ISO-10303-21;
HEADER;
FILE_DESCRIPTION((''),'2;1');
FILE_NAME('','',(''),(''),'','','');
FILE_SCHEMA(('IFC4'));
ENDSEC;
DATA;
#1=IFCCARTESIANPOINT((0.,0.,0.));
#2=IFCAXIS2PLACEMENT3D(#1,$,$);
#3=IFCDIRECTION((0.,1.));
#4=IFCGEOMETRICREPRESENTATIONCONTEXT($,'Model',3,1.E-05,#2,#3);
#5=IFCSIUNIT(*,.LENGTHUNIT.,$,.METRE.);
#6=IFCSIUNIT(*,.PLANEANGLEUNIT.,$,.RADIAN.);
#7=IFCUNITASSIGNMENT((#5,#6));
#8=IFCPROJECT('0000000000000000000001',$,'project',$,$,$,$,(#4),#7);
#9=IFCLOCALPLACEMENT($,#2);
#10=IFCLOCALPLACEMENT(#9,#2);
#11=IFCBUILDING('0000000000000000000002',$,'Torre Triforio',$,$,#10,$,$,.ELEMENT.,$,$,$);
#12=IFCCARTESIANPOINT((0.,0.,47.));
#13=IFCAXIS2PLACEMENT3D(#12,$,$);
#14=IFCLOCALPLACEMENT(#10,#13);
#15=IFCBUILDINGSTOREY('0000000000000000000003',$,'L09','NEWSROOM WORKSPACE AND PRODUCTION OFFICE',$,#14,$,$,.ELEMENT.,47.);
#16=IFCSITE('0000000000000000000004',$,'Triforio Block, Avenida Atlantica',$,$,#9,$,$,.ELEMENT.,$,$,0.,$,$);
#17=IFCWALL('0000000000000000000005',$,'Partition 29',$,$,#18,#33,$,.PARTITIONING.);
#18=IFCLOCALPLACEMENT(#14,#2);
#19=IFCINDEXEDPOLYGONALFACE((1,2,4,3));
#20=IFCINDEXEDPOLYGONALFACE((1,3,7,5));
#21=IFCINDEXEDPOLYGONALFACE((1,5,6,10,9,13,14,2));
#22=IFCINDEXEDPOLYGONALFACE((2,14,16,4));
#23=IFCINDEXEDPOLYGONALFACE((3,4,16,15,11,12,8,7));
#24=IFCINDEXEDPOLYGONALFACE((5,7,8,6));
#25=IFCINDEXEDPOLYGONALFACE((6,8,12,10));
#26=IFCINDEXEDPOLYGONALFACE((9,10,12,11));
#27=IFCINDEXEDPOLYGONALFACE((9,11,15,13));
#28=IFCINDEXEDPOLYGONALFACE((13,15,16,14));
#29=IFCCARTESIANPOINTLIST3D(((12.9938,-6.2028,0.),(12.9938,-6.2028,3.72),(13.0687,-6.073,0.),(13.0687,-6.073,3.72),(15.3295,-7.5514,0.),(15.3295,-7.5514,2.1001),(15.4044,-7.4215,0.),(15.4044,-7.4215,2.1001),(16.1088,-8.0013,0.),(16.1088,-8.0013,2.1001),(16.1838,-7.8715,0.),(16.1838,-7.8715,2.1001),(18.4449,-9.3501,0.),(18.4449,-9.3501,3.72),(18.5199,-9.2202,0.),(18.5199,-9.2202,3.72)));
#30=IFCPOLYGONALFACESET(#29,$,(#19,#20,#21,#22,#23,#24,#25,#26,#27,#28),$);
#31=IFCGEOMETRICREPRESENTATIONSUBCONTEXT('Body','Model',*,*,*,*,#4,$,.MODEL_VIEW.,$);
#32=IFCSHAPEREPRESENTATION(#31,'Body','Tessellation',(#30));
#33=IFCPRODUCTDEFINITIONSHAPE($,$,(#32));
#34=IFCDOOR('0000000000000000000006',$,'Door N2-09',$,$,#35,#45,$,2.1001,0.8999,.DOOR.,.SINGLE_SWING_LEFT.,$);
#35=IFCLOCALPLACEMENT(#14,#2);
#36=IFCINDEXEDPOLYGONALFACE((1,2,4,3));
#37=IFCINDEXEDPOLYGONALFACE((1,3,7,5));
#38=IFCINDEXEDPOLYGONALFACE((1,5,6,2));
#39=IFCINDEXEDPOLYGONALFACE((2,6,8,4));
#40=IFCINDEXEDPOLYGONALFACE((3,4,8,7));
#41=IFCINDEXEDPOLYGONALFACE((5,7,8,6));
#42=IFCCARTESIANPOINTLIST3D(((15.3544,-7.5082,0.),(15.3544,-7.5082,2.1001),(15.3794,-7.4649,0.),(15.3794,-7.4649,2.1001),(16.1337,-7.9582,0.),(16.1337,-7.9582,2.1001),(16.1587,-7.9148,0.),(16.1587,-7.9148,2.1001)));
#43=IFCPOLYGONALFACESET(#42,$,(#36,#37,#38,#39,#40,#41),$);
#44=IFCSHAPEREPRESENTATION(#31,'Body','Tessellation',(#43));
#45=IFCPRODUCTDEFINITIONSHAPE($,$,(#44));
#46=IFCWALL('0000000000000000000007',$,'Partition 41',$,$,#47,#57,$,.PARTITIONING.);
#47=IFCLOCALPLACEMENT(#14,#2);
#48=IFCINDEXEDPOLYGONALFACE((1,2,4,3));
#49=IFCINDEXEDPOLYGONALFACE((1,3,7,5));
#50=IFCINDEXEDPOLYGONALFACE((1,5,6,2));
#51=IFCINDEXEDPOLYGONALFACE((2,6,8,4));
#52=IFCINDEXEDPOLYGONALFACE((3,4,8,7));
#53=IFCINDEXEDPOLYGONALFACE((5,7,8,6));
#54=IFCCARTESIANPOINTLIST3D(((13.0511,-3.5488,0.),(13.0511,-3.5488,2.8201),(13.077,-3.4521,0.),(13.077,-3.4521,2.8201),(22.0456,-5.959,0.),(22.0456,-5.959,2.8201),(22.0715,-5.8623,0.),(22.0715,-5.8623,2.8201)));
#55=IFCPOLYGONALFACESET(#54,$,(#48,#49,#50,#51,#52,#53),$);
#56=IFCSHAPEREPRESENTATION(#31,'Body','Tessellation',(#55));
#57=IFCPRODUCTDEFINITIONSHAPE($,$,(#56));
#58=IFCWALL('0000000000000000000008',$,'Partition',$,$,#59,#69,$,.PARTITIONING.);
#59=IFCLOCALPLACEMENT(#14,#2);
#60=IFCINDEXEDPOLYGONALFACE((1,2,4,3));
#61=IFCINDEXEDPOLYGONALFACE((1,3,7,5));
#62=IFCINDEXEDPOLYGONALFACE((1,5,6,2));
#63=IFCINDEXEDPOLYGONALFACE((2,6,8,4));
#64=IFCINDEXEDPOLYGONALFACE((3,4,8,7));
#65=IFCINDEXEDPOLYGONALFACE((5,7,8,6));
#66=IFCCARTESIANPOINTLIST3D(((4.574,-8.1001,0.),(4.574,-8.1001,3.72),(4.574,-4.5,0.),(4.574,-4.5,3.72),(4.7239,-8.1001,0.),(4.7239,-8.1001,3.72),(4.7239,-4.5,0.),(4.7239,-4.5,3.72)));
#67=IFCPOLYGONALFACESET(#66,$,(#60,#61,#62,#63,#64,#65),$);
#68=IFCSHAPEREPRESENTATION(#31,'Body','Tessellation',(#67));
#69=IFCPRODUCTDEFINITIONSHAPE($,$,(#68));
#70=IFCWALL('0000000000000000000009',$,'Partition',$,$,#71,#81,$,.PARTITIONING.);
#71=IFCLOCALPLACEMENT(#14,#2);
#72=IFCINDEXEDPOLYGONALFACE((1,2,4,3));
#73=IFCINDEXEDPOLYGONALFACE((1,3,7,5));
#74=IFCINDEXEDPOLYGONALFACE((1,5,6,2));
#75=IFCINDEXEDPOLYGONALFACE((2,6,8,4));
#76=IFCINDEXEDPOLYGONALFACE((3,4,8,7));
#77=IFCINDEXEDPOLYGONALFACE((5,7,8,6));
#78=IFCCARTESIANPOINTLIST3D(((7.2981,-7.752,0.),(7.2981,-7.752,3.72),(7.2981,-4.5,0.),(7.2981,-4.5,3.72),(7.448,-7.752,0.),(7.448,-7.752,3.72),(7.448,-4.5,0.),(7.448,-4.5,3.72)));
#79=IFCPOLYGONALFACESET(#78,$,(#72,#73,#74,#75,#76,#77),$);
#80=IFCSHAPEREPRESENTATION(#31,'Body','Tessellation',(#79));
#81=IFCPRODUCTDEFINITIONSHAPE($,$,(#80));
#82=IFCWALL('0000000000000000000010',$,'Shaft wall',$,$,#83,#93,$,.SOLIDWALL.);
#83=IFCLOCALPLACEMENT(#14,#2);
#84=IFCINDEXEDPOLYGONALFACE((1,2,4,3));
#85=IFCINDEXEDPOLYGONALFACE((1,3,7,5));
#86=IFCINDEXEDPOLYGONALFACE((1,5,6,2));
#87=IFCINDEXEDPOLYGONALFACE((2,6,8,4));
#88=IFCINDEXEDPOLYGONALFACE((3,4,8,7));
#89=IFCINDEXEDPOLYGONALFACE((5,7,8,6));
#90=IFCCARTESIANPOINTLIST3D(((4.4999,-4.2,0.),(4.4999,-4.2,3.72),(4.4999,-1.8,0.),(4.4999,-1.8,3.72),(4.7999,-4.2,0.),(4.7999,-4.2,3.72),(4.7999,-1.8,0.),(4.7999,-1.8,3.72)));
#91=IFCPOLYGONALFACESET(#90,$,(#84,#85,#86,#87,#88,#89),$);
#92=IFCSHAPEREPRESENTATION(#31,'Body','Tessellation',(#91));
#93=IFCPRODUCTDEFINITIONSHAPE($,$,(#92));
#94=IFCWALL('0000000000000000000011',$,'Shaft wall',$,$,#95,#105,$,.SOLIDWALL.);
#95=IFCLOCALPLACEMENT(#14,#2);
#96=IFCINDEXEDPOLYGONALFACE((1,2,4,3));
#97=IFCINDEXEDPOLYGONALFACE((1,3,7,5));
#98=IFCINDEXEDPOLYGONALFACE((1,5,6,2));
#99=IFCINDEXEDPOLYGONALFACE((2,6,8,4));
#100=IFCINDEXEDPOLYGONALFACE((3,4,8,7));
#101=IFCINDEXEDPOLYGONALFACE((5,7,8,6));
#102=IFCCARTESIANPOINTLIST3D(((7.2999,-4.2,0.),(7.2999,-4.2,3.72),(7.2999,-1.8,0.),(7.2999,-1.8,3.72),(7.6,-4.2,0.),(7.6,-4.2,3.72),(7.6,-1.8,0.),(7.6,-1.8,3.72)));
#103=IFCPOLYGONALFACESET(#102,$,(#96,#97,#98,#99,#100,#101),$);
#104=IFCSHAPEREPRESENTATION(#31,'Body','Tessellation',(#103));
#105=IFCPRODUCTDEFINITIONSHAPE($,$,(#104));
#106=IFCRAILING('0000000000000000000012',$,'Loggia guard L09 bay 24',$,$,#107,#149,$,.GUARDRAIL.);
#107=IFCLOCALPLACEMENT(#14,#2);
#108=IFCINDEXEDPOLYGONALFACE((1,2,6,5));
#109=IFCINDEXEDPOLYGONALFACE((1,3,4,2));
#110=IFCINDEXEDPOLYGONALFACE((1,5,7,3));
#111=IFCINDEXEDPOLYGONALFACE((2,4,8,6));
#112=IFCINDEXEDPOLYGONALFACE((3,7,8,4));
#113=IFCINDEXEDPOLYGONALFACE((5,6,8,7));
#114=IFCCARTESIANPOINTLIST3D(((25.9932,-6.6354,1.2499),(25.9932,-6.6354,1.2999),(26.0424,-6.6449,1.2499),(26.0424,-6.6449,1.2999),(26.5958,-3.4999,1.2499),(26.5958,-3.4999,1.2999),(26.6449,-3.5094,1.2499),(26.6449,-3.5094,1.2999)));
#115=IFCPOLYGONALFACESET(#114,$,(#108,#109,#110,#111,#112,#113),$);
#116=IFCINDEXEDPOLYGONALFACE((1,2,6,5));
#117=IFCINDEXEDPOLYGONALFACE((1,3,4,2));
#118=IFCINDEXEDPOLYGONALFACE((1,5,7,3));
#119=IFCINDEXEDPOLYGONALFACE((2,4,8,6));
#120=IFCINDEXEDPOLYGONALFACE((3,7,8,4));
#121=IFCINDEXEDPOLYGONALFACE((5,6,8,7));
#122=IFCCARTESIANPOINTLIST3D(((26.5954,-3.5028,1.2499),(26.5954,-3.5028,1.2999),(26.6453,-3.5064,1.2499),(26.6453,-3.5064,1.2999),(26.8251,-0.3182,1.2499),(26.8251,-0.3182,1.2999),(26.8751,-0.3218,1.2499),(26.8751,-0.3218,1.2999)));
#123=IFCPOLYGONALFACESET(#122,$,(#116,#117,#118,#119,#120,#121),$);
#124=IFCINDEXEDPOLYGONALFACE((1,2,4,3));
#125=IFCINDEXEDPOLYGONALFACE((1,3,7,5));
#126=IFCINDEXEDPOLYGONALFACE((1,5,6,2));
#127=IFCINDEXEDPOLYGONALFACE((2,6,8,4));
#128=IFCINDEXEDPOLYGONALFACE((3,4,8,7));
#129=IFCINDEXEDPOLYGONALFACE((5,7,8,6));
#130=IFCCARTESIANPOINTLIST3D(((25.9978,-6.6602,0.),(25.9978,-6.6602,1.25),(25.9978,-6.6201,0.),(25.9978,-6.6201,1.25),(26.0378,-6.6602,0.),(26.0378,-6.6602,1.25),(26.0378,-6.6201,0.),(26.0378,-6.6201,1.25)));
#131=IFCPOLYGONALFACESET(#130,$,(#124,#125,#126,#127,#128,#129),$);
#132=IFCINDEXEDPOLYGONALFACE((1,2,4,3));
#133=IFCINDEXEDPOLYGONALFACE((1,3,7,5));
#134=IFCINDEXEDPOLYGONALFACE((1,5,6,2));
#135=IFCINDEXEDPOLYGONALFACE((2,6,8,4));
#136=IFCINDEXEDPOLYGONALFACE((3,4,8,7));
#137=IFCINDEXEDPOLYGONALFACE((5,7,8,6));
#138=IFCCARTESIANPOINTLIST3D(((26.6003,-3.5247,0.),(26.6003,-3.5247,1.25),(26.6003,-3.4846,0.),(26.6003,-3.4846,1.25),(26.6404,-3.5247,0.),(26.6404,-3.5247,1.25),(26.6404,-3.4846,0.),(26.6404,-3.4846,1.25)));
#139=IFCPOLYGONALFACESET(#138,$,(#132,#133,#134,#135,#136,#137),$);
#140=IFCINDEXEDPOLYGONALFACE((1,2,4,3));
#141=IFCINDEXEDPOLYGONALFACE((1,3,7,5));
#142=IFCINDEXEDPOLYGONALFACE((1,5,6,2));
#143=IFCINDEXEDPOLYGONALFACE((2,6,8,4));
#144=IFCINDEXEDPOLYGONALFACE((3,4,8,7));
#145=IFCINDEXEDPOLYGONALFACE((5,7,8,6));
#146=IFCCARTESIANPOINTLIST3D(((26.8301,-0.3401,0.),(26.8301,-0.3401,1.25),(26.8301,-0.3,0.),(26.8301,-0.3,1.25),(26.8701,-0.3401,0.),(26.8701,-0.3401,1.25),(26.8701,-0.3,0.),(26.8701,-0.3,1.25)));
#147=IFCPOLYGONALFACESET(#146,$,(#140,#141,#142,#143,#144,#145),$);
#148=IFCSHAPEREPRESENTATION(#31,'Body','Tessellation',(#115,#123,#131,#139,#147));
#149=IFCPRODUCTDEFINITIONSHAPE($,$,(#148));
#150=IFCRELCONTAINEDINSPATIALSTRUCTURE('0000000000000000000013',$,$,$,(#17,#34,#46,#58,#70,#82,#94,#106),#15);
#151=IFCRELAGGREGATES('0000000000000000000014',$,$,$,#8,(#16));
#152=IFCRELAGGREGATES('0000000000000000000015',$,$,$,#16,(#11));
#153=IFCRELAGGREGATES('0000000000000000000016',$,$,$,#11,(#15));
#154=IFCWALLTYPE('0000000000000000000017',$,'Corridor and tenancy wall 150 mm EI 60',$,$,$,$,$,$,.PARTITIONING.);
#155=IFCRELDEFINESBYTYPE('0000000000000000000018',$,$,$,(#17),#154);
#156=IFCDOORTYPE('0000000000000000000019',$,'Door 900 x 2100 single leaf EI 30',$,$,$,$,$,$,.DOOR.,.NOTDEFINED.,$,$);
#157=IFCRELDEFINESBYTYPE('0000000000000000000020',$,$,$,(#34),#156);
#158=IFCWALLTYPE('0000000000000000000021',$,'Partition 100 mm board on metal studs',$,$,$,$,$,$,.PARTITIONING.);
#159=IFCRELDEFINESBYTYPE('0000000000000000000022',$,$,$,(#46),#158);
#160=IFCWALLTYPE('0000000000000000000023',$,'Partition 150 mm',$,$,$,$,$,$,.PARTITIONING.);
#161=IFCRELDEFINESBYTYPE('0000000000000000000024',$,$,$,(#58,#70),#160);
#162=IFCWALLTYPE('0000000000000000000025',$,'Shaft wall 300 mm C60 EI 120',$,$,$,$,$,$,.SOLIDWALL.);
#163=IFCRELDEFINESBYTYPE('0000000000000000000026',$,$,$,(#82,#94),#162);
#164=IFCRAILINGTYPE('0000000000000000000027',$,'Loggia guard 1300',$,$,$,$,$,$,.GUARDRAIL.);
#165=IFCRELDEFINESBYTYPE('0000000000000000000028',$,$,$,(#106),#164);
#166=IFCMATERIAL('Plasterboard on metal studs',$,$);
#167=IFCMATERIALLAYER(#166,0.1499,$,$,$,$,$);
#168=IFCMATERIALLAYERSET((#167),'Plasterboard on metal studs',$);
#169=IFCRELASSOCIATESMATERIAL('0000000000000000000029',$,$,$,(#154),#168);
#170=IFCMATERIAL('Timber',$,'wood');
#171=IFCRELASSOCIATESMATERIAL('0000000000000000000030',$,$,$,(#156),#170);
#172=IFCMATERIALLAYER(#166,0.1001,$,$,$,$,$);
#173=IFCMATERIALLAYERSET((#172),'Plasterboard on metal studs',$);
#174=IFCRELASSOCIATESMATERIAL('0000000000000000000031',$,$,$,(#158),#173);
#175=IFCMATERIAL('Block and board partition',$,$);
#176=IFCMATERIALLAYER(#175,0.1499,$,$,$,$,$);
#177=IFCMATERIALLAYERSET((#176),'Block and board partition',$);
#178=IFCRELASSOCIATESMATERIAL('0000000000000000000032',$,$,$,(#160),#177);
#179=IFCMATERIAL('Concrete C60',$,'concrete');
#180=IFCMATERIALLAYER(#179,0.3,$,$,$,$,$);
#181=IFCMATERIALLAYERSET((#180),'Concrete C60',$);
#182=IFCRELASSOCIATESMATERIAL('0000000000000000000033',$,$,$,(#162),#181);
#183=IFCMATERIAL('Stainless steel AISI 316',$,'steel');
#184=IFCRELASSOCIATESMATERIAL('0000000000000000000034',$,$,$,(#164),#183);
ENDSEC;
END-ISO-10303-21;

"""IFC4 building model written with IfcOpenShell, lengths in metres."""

from ifc_helpers import new_model, si_unit, direction, frame, frame_2d, origin, origin_2d, place, context, subcontext, project, spatial, rectangle, extrude, material, layer, layer_set, type_object, element, fill, save


model = new_model("IFC4")

# Units and contexts
model_context = context("Model", 3, precision=1e-05, world=origin(), true_north=direction((0.0, 1.0)))
body_context = subcontext(model_context, "Body", "Model", "MODEL_VIEW")
ifc_project = project(units=[si_unit("LENGTHUNIT", "METRE"), si_unit("PLANEANGLEUNIT", "RADIAN")], contexts=[model_context])

# Site, building, storey
site_placement = place(None, origin())
site = spatial("IfcSite", under=ifc_project, at=site_placement, Name="Triforio Block, Avenida Atlantica", CompositionType="ELEMENT", RefElevation=0.0)
building_placement = place(site_placement, origin())
building = spatial("IfcBuilding", under=site, at=building_placement, Name="Torre Triforio", CompositionType="ELEMENT")
storey_placement = place(building_placement, frame((0.0, 0.0, 47.0)))
storey = spatial("IfcBuildingStorey", under=building, at=storey_placement, Name="L09", Description="NEWSROOM WORKSPACE AND PRODUCTION OFFICE", CompositionType="ELEMENT", Elevation=47.0)

# Shared definitions
ifc_material_1 = material(Name="Concrete C60", Category="concrete")

# Shared definitions
ifc_material_2 = material(Name="Plasterboard on metal studs")
ifc_layer_1 = layer(ifc_material_2, 0.1499)
ifc_layer_set_1 = layer_set([ifc_layer_1], Name="Plasterboard on metal studs")
wall_type_1 = type_object("IfcWallType", Name="Corridor and tenancy wall 150 mm EI 60", PredefinedType="PARTITIONING", material=ifc_layer_set_1)

# Wall, opening, door
wall_1_placement = place(storey_placement, frame((13.0312, -6.1379, 0.0), z_axis=(0.0, 0.0, 1.0), x_axis=(0.866027, -0.499998, 0.0)))
wall_1 = element("IfcWall", 1, at=wall_1_placement, inside=storey, type_object=wall_type_1, Name="Partition 29", PredefinedType="PARTITIONING", context=body_context, shape_type="SweptSolid", body=[
    extrude(rectangle(XDim=6.2944, YDim=0.1499, at=frame_2d((3.1472, 0.0))), origin(), (0.0, 0.0, 1.0), 3.72),
])
opening_1_placement = place(wall_1_placement, frame((2.697, 0.0, 0.0)))
opening_1 = element("IfcOpeningElement", 2, at=opening_1_placement, cuts=wall_1, PredefinedType="OPENING", context=body_context, shape_type="SweptSolid", body=[
    extrude(rectangle(XDim=0.8999, YDim=2.1001, at=frame_2d((0.45, 1.05))), frame((0.0, 0.085, 0.0), z_axis=(0.0, -1.0, 0.0), x_axis=(1.0, 0.0, 0.0)), (0.0, 0.0, 1.0), 0.1699),
])
ifc_material_3 = material(Name="Timber", Category="wood")
door_type_1 = type_object("IfcDoorType", Name="Door 900 x 2100 single leaf EI 30", OperationType="NOTDEFINED", PredefinedType="DOOR", material=ifc_material_3)
door_1_placement = place(opening_1_placement, origin())
door_1 = element("IfcDoor", 3, at=door_1_placement, inside=storey, type_object=door_type_1, Name="Door N2-09", OperationType="SINGLE_SWING_LEFT", OverallHeight=2.1001, OverallWidth=0.8999, PredefinedType="DOOR", context=body_context, shape_type="SweptSolid", body=[
    extrude(rectangle(XDim=0.8999, YDim=2.1001, at=frame_2d((0.45, 1.05))), frame((0.0, 0.0249, 0.0), z_axis=(0.0, -1.0, 0.0), x_axis=(1.0, 0.0, 0.0)), (0.0, 0.0, 1.0), 0.05),
])
fill(opening_1, door_1)

# Walls
ifc_layer_2 = layer(ifc_material_2, 0.1001)
ifc_layer_set_2 = layer_set([ifc_layer_2], Name="Plasterboard on metal studs")
wall_type_2 = type_object("IfcWallType", Name="Partition 100 mm board on metal studs", PredefinedType="PARTITIONING", material=ifc_layer_set_2)
wall_2_placement = place(storey_placement, frame((13.0642, -3.5005, 0.0), z_axis=(0.0, 0.0, 1.0), x_axis=(0.965923, -0.258831, 0.0)))
element("IfcWall", 4, at=wall_2_placement, inside=storey, type_object=wall_type_2, Name="Partition 41", PredefinedType="PARTITIONING", context=body_context, shape_type="SweptSolid", body=[
    extrude(rectangle(XDim=9.3118, YDim=0.1001, at=frame_2d((4.6558, 0.0))), origin(), (0.0, 0.0, 1.0), 2.8201),
])
ifc_material_4 = material(Name="Block and board partition")
ifc_layer_3 = layer(ifc_material_4, 0.1499)
ifc_layer_set_3 = layer_set([ifc_layer_3], Name="Block and board partition")
wall_type_3 = type_object("IfcWallType", Name="Partition 150 mm", PredefinedType="PARTITIONING", material=ifc_layer_set_3)
wall_3_placement = place(storey_placement, frame((4.6489, -8.1001, 0.0), z_axis=(0.0, 0.0, 1.0), x_axis=(0.0, 1.0, 0.0)))
element("IfcWall", 5, at=wall_3_placement, inside=storey, type_object=wall_type_3, Name="Partition", PredefinedType="PARTITIONING", context=body_context, shape_type="SweptSolid", body=[
    extrude(rectangle(XDim=3.6001, YDim=0.1499, at=frame_2d((1.8, 0.0))), origin(), (0.0, 0.0, 1.0), 3.72),
])
wall_4_placement = place(storey_placement, frame((7.373, -7.752, 0.0), z_axis=(0.0, 0.0, 1.0), x_axis=(0.0, 1.0, 0.0)))
element("IfcWall", 6, at=wall_4_placement, inside=storey, type_object=wall_type_3, Name="Partition", PredefinedType="PARTITIONING", context=body_context, shape_type="SweptSolid", body=[
    extrude(rectangle(XDim=3.252, YDim=0.1499, at=frame_2d((1.626, 0.0))), origin(), (0.0, 0.0, 1.0), 3.72),
])
ifc_layer_4 = layer(ifc_material_1, 0.3)
ifc_layer_set_4 = layer_set([ifc_layer_4], Name="Concrete C60")
wall_type_4 = type_object("IfcWallType", Name="Shaft wall 300 mm C60 EI 120", PredefinedType="SOLIDWALL", material=ifc_layer_set_4)
for number, where, z_axis, x_axis, name in (
    (7, (4.6499, -4.2, 0.0), (0.0, 0.0, 1.0), (0.0, 1.0, 0.0), "Shaft wall"),
    (8, (7.45, -4.2, 0.0), (0.0, 0.0, 1.0), (0.0, 1.0, 0.0), "Shaft wall"),
):
    element("IfcWall", number, at=place(storey_placement, frame(where, z_axis=z_axis, x_axis=x_axis)), inside=storey, type_object=wall_type_4, Name=name, PredefinedType="SOLIDWALL", context=body_context, shape_type="SweptSolid", body=[
        extrude(rectangle(XDim=2.3999, YDim=0.3, at=frame_2d((1.2, 0.0))), origin(), (0.0, 0.0, 1.0), 3.72),
    ])

# Railing
ifc_material_5 = material(Name="Stainless steel AISI 316", Category="steel")
railing_type = type_object("IfcRailingType", Name="Loggia guard 1300", PredefinedType="GUARDRAIL", material=ifc_material_5)
railing_placement = place(storey_placement, frame((26.0178, -6.6401, 0.0)))
element("IfcRailing", 9, at=railing_placement, inside=storey, type_object=railing_type, Name="Loggia guard L09 bay 24", PredefinedType="GUARDRAIL", context=body_context, shape_type="SweptSolid", body=[
    extrude(rectangle(XDim=0.05, YDim=0.05, at=origin_2d()), frame((0.0, 0.0, 1.2749), z_axis=(0.188714, 0.982032, 0.0), x_axis=(-0.982032, 0.188714, 0.0)), (0.0, 0.0, 1.0), 3.1929),
    extrude(rectangle(XDim=0.05, YDim=0.05, at=origin_2d()), frame((0.6025, 3.1355, 1.2749), z_axis=(0.071953, 0.997408, 0.0), x_axis=(-0.997408, 0.071953, 0.0)), (0.0, 0.0, 1.0), 3.1929),
    extrude(rectangle(XDim=0.04, YDim=0.04, at=origin_2d()), origin(), (0.0, 0.0, 1.0), 1.25),
    extrude(rectangle(XDim=0.04, YDim=0.04, at=origin_2d()), frame((0.6025, 3.1355, 0.0)), (0.0, 0.0, 1.0), 1.25),
    extrude(rectangle(XDim=0.04, YDim=0.04, at=origin_2d()), frame((0.8323, 6.3201, 0.0)), (0.0, 0.0, 1.0), 1.25),
])

save(model, "model.ifc")
